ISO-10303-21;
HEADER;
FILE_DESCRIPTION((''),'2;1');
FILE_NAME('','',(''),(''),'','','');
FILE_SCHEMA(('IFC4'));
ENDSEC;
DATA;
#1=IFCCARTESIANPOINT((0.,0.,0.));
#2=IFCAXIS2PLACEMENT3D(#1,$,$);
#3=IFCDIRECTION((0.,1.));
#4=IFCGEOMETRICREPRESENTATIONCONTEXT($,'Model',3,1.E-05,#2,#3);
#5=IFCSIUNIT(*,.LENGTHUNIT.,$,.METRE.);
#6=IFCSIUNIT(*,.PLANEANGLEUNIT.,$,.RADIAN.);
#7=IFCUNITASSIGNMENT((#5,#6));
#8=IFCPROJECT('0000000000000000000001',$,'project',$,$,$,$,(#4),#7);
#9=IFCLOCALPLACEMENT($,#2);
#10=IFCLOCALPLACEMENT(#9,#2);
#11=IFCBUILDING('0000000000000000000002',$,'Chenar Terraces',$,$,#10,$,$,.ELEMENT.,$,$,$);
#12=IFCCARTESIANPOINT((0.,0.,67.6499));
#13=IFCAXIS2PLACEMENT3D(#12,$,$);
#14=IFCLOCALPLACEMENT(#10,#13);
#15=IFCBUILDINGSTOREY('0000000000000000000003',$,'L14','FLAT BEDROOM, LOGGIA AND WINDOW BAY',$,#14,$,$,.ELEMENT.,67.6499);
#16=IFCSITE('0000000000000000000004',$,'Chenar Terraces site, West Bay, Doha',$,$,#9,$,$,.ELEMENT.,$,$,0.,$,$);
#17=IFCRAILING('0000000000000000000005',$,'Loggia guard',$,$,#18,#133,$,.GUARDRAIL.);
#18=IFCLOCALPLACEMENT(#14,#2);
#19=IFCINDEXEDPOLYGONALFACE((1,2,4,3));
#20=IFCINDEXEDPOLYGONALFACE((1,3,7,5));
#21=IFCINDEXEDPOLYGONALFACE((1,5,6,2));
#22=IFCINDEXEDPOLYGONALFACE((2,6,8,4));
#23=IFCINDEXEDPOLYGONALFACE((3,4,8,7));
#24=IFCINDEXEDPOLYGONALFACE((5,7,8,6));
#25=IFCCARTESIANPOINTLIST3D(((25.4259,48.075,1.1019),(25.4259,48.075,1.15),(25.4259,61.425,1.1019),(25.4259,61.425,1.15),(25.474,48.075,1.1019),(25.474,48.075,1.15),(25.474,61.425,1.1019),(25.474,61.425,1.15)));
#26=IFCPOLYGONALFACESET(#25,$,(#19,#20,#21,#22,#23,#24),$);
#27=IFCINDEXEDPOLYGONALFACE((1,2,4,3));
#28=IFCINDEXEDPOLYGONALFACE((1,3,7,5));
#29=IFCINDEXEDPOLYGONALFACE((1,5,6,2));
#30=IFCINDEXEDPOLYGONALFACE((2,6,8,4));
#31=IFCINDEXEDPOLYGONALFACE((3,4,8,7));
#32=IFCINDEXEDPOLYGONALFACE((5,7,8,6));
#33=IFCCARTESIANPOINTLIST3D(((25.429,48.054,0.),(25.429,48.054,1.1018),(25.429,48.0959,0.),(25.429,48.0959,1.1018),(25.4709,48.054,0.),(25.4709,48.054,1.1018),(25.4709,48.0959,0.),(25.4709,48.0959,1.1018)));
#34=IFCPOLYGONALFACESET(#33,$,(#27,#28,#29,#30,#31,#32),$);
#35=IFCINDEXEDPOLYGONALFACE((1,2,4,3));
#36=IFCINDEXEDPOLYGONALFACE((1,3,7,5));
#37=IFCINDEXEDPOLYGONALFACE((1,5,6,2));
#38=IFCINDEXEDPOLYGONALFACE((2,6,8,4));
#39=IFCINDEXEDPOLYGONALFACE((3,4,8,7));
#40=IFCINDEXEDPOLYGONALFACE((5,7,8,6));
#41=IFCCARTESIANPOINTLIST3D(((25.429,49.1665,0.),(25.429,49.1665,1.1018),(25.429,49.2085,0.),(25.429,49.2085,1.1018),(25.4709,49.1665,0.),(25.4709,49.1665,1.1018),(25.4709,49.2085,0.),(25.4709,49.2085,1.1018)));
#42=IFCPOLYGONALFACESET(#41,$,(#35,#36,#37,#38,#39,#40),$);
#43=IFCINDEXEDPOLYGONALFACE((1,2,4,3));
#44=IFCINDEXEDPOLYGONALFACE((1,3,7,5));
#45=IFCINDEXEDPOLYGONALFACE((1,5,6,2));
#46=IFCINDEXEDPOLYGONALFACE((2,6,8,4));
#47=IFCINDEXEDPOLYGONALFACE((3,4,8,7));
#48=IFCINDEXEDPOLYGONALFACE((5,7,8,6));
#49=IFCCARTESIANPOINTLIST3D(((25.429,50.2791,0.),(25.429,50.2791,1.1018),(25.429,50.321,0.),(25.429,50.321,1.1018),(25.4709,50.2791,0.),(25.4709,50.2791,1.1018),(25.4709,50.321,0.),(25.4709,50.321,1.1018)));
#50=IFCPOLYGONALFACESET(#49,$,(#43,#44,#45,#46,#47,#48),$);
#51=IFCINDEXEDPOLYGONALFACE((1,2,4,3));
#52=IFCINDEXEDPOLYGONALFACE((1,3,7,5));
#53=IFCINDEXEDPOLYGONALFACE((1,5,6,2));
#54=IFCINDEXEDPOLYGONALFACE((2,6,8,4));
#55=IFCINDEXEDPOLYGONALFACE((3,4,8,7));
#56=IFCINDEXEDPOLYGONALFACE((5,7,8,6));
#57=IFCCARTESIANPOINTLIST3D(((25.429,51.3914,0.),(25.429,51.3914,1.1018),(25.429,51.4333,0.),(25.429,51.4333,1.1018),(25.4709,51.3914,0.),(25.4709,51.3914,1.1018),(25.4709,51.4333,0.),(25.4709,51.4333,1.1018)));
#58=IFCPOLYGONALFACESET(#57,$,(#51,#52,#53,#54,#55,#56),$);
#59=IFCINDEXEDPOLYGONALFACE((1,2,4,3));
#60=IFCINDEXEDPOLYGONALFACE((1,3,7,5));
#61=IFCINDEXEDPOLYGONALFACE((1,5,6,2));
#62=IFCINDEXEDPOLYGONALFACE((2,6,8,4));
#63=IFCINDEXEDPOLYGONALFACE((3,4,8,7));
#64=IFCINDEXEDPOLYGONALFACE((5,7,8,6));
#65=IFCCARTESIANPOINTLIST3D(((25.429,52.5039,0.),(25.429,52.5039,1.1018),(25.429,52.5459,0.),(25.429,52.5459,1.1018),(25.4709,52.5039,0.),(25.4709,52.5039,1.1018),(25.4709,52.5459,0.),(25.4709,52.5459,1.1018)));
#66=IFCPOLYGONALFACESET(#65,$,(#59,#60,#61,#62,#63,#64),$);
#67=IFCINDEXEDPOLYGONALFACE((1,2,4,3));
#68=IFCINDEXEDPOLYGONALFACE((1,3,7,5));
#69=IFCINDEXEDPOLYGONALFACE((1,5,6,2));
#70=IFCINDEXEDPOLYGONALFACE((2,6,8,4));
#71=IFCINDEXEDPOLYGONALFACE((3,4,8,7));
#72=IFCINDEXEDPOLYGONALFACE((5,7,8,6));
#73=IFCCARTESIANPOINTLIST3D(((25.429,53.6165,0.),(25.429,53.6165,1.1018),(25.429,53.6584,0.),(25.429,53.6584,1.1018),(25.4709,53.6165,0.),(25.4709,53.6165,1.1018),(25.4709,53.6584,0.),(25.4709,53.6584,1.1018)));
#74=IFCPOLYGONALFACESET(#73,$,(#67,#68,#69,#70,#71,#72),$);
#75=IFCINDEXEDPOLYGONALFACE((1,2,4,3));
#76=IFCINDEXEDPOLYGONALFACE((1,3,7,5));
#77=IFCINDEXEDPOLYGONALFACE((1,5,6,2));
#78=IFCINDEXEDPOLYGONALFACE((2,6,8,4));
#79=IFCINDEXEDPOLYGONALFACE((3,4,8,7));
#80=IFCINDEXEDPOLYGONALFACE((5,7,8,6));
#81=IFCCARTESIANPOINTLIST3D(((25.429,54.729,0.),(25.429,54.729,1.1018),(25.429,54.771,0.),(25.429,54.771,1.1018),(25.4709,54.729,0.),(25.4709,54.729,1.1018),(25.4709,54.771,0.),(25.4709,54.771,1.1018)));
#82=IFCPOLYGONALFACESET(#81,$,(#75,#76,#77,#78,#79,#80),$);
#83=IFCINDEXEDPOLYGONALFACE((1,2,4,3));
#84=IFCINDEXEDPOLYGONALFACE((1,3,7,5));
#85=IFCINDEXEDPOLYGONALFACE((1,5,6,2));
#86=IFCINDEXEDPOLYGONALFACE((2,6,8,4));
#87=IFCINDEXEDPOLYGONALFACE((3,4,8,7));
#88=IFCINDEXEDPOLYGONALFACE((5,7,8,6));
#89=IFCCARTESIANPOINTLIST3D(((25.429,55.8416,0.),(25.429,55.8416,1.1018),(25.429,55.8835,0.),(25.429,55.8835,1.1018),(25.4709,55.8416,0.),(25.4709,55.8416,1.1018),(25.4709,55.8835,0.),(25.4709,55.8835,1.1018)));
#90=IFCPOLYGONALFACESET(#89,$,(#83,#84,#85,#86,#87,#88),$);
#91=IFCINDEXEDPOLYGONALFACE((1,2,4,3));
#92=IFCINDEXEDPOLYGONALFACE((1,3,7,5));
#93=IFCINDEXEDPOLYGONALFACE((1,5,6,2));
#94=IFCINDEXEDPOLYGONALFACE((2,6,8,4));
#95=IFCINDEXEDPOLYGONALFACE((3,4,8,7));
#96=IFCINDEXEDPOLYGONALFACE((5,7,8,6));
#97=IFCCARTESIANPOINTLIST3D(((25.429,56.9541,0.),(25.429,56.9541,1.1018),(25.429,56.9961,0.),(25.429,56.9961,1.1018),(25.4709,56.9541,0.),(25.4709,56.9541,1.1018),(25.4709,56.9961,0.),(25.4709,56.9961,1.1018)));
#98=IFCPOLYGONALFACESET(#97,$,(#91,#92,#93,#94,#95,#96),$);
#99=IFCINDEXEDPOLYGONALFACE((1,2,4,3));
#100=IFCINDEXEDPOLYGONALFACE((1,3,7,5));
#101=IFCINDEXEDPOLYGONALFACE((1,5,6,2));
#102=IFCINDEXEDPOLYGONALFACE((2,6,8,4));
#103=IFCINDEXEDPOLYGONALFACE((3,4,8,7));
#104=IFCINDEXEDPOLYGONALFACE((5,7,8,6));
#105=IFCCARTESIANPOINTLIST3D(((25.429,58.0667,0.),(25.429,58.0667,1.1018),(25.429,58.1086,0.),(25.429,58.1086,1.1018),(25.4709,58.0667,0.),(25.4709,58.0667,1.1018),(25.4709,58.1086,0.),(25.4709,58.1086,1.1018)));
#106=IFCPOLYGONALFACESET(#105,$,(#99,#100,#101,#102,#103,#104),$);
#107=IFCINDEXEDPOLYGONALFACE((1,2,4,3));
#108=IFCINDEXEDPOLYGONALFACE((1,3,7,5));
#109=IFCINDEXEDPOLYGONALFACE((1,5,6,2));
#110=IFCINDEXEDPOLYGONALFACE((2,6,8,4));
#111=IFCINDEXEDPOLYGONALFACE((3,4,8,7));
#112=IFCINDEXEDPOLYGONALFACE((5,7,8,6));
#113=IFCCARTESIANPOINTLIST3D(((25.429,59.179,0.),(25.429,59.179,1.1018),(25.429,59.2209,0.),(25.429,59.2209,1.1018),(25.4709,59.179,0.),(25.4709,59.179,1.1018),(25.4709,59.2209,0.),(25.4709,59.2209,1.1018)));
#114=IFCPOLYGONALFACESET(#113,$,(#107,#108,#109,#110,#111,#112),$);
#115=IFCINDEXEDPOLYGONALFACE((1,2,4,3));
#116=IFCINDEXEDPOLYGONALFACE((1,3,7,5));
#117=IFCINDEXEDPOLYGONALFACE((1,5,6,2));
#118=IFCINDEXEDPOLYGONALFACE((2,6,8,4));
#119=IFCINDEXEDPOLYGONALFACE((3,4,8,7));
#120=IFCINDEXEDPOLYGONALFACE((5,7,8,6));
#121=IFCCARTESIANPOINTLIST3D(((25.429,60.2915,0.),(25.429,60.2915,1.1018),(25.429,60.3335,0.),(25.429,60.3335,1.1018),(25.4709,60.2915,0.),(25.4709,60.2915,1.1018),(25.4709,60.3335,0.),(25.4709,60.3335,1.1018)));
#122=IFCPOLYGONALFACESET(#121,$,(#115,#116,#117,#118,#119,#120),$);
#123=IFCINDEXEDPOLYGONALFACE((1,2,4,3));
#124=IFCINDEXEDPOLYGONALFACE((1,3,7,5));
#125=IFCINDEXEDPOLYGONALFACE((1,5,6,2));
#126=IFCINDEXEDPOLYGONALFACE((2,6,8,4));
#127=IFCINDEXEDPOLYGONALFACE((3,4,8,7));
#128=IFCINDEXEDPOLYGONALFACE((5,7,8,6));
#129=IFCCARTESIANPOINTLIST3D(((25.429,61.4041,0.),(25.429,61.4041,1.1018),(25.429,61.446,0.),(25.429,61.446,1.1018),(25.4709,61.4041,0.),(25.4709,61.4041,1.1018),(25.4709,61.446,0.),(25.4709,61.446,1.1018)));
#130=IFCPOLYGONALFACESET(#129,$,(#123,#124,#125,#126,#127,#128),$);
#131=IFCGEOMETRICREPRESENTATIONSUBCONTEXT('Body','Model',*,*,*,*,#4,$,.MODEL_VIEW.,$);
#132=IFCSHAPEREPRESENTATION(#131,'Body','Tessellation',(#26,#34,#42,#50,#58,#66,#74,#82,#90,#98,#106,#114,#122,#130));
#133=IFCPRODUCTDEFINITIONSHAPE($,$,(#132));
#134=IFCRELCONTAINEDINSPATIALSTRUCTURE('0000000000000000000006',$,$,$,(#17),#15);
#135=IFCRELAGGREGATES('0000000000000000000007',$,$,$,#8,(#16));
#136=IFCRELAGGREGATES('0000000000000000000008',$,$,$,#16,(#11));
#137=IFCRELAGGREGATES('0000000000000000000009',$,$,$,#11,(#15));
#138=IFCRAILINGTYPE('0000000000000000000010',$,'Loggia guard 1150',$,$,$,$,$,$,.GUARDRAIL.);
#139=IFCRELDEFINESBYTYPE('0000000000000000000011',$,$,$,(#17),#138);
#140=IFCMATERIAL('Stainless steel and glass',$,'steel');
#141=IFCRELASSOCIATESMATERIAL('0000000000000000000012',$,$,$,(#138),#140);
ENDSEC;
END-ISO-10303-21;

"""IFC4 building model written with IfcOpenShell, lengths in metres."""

from ifc_helpers import new_model, si_unit, direction, frame, origin, origin_2d, place, context, subcontext, project, spatial, rectangle, extrude, material, type_object, element, save


model = new_model("IFC4")

# Units and contexts
model_context = context("Model", 3, precision=1e-05, world=origin(), true_north=direction((0.0, 1.0)))
body_context = subcontext(model_context, "Body", "Model", "MODEL_VIEW")
ifc_project = project(units=[si_unit("LENGTHUNIT", "METRE"), si_unit("PLANEANGLEUNIT", "RADIAN")], contexts=[model_context])

# Site, building, storey
site_placement = place(None, origin())
site = spatial("IfcSite", under=ifc_project, at=site_placement, Name="Chenar Terraces site, West Bay, Doha", CompositionType="ELEMENT", RefElevation=0.0)
building_placement = place(site_placement, origin())
building = spatial("IfcBuilding", under=site, at=building_placement, Name="Chenar Terraces", CompositionType="ELEMENT")
storey_placement = place(building_placement, frame((0.0, 0.0, 67.6499)))
storey = spatial("IfcBuildingStorey", under=building, at=storey_placement, Name="L14", Description="FLAT BEDROOM, LOGGIA AND WINDOW BAY", CompositionType="ELEMENT", Elevation=67.6499)

# Railing
ifc_material_1 = material(Name="Stainless steel and glass", Category="steel")
railing_type_1 = type_object("IfcRailingType", Name="Loggia guard 1150", PredefinedType="GUARDRAIL", material=ifc_material_1)
railing_1_placement = place(storey_placement, frame((25.45, 48.075, 0.0)))
element("IfcRailing", 1, at=railing_1_placement, inside=storey, type_object=railing_type_1, Name="Loggia guard", PredefinedType="GUARDRAIL", context=body_context, shape_type="SweptSolid", body=[
    extrude(rectangle(XDim=0.0481, YDim=0.0481, at=origin_2d()), frame((0.0, 0.0, 1.126), z_axis=(0.0, 1.0, 0.0), x_axis=(-1.0, 0.0, 0.0)), (0.0, 0.0, 1.0), 13.3501),
    extrude(rectangle(XDim=0.042, YDim=0.042, at=origin_2d()), origin(), (0.0, 0.0, 1.0), 1.1018),
    extrude(rectangle(XDim=0.042, YDim=0.042, at=origin_2d()), frame((0.0, 1.1125, 0.0)), (0.0, 0.0, 1.0), 1.1018),
    extrude(rectangle(XDim=0.042, YDim=0.042, at=origin_2d()), frame((0.0, 2.2251, 0.0)), (0.0, 0.0, 1.0), 1.1018),
    extrude(rectangle(XDim=0.042, YDim=0.042, at=origin_2d()), frame((0.0, 3.3374, 0.0)), (0.0, 0.0, 1.0), 1.1018),
    extrude(rectangle(XDim=0.042, YDim=0.042, at=origin_2d()), frame((0.0, 4.45, 0.0)), (0.0, 0.0, 1.0), 1.1018),
    extrude(rectangle(XDim=0.042, YDim=0.042, at=origin_2d()), frame((0.0, 5.5625, 0.0)), (0.0, 0.0, 1.0), 1.1018),
    extrude(rectangle(XDim=0.042, YDim=0.042, at=origin_2d()), frame((0.0, 6.675, 0.0)), (0.0, 0.0, 1.0), 1.1018),
    extrude(rectangle(XDim=0.042, YDim=0.042, at=origin_2d()), frame((0.0, 7.7876, 0.0)), (0.0, 0.0, 1.0), 1.1018),
    extrude(rectangle(XDim=0.042, YDim=0.042, at=origin_2d()), frame((0.0, 8.9001, 0.0)), (0.0, 0.0, 1.0), 1.1018),
    extrude(rectangle(XDim=0.042, YDim=0.042, at=origin_2d()), frame((0.0, 10.0127, 0.0)), (0.0, 0.0, 1.0), 1.1018),
    extrude(rectangle(XDim=0.042, YDim=0.042, at=origin_2d()), frame((0.0, 11.125, 0.0)), (0.0, 0.0, 1.0), 1.1018),
    extrude(rectangle(XDim=0.042, YDim=0.042, at=origin_2d()), frame((0.0, 12.2375, 0.0)), (0.0, 0.0, 1.0), 1.1018),
    extrude(rectangle(XDim=0.042, YDim=0.042, at=origin_2d()), frame((0.0, 13.3501, 0.0)), (0.0, 0.0, 1.0), 1.1018),
])

save(model, "model.ifc")
